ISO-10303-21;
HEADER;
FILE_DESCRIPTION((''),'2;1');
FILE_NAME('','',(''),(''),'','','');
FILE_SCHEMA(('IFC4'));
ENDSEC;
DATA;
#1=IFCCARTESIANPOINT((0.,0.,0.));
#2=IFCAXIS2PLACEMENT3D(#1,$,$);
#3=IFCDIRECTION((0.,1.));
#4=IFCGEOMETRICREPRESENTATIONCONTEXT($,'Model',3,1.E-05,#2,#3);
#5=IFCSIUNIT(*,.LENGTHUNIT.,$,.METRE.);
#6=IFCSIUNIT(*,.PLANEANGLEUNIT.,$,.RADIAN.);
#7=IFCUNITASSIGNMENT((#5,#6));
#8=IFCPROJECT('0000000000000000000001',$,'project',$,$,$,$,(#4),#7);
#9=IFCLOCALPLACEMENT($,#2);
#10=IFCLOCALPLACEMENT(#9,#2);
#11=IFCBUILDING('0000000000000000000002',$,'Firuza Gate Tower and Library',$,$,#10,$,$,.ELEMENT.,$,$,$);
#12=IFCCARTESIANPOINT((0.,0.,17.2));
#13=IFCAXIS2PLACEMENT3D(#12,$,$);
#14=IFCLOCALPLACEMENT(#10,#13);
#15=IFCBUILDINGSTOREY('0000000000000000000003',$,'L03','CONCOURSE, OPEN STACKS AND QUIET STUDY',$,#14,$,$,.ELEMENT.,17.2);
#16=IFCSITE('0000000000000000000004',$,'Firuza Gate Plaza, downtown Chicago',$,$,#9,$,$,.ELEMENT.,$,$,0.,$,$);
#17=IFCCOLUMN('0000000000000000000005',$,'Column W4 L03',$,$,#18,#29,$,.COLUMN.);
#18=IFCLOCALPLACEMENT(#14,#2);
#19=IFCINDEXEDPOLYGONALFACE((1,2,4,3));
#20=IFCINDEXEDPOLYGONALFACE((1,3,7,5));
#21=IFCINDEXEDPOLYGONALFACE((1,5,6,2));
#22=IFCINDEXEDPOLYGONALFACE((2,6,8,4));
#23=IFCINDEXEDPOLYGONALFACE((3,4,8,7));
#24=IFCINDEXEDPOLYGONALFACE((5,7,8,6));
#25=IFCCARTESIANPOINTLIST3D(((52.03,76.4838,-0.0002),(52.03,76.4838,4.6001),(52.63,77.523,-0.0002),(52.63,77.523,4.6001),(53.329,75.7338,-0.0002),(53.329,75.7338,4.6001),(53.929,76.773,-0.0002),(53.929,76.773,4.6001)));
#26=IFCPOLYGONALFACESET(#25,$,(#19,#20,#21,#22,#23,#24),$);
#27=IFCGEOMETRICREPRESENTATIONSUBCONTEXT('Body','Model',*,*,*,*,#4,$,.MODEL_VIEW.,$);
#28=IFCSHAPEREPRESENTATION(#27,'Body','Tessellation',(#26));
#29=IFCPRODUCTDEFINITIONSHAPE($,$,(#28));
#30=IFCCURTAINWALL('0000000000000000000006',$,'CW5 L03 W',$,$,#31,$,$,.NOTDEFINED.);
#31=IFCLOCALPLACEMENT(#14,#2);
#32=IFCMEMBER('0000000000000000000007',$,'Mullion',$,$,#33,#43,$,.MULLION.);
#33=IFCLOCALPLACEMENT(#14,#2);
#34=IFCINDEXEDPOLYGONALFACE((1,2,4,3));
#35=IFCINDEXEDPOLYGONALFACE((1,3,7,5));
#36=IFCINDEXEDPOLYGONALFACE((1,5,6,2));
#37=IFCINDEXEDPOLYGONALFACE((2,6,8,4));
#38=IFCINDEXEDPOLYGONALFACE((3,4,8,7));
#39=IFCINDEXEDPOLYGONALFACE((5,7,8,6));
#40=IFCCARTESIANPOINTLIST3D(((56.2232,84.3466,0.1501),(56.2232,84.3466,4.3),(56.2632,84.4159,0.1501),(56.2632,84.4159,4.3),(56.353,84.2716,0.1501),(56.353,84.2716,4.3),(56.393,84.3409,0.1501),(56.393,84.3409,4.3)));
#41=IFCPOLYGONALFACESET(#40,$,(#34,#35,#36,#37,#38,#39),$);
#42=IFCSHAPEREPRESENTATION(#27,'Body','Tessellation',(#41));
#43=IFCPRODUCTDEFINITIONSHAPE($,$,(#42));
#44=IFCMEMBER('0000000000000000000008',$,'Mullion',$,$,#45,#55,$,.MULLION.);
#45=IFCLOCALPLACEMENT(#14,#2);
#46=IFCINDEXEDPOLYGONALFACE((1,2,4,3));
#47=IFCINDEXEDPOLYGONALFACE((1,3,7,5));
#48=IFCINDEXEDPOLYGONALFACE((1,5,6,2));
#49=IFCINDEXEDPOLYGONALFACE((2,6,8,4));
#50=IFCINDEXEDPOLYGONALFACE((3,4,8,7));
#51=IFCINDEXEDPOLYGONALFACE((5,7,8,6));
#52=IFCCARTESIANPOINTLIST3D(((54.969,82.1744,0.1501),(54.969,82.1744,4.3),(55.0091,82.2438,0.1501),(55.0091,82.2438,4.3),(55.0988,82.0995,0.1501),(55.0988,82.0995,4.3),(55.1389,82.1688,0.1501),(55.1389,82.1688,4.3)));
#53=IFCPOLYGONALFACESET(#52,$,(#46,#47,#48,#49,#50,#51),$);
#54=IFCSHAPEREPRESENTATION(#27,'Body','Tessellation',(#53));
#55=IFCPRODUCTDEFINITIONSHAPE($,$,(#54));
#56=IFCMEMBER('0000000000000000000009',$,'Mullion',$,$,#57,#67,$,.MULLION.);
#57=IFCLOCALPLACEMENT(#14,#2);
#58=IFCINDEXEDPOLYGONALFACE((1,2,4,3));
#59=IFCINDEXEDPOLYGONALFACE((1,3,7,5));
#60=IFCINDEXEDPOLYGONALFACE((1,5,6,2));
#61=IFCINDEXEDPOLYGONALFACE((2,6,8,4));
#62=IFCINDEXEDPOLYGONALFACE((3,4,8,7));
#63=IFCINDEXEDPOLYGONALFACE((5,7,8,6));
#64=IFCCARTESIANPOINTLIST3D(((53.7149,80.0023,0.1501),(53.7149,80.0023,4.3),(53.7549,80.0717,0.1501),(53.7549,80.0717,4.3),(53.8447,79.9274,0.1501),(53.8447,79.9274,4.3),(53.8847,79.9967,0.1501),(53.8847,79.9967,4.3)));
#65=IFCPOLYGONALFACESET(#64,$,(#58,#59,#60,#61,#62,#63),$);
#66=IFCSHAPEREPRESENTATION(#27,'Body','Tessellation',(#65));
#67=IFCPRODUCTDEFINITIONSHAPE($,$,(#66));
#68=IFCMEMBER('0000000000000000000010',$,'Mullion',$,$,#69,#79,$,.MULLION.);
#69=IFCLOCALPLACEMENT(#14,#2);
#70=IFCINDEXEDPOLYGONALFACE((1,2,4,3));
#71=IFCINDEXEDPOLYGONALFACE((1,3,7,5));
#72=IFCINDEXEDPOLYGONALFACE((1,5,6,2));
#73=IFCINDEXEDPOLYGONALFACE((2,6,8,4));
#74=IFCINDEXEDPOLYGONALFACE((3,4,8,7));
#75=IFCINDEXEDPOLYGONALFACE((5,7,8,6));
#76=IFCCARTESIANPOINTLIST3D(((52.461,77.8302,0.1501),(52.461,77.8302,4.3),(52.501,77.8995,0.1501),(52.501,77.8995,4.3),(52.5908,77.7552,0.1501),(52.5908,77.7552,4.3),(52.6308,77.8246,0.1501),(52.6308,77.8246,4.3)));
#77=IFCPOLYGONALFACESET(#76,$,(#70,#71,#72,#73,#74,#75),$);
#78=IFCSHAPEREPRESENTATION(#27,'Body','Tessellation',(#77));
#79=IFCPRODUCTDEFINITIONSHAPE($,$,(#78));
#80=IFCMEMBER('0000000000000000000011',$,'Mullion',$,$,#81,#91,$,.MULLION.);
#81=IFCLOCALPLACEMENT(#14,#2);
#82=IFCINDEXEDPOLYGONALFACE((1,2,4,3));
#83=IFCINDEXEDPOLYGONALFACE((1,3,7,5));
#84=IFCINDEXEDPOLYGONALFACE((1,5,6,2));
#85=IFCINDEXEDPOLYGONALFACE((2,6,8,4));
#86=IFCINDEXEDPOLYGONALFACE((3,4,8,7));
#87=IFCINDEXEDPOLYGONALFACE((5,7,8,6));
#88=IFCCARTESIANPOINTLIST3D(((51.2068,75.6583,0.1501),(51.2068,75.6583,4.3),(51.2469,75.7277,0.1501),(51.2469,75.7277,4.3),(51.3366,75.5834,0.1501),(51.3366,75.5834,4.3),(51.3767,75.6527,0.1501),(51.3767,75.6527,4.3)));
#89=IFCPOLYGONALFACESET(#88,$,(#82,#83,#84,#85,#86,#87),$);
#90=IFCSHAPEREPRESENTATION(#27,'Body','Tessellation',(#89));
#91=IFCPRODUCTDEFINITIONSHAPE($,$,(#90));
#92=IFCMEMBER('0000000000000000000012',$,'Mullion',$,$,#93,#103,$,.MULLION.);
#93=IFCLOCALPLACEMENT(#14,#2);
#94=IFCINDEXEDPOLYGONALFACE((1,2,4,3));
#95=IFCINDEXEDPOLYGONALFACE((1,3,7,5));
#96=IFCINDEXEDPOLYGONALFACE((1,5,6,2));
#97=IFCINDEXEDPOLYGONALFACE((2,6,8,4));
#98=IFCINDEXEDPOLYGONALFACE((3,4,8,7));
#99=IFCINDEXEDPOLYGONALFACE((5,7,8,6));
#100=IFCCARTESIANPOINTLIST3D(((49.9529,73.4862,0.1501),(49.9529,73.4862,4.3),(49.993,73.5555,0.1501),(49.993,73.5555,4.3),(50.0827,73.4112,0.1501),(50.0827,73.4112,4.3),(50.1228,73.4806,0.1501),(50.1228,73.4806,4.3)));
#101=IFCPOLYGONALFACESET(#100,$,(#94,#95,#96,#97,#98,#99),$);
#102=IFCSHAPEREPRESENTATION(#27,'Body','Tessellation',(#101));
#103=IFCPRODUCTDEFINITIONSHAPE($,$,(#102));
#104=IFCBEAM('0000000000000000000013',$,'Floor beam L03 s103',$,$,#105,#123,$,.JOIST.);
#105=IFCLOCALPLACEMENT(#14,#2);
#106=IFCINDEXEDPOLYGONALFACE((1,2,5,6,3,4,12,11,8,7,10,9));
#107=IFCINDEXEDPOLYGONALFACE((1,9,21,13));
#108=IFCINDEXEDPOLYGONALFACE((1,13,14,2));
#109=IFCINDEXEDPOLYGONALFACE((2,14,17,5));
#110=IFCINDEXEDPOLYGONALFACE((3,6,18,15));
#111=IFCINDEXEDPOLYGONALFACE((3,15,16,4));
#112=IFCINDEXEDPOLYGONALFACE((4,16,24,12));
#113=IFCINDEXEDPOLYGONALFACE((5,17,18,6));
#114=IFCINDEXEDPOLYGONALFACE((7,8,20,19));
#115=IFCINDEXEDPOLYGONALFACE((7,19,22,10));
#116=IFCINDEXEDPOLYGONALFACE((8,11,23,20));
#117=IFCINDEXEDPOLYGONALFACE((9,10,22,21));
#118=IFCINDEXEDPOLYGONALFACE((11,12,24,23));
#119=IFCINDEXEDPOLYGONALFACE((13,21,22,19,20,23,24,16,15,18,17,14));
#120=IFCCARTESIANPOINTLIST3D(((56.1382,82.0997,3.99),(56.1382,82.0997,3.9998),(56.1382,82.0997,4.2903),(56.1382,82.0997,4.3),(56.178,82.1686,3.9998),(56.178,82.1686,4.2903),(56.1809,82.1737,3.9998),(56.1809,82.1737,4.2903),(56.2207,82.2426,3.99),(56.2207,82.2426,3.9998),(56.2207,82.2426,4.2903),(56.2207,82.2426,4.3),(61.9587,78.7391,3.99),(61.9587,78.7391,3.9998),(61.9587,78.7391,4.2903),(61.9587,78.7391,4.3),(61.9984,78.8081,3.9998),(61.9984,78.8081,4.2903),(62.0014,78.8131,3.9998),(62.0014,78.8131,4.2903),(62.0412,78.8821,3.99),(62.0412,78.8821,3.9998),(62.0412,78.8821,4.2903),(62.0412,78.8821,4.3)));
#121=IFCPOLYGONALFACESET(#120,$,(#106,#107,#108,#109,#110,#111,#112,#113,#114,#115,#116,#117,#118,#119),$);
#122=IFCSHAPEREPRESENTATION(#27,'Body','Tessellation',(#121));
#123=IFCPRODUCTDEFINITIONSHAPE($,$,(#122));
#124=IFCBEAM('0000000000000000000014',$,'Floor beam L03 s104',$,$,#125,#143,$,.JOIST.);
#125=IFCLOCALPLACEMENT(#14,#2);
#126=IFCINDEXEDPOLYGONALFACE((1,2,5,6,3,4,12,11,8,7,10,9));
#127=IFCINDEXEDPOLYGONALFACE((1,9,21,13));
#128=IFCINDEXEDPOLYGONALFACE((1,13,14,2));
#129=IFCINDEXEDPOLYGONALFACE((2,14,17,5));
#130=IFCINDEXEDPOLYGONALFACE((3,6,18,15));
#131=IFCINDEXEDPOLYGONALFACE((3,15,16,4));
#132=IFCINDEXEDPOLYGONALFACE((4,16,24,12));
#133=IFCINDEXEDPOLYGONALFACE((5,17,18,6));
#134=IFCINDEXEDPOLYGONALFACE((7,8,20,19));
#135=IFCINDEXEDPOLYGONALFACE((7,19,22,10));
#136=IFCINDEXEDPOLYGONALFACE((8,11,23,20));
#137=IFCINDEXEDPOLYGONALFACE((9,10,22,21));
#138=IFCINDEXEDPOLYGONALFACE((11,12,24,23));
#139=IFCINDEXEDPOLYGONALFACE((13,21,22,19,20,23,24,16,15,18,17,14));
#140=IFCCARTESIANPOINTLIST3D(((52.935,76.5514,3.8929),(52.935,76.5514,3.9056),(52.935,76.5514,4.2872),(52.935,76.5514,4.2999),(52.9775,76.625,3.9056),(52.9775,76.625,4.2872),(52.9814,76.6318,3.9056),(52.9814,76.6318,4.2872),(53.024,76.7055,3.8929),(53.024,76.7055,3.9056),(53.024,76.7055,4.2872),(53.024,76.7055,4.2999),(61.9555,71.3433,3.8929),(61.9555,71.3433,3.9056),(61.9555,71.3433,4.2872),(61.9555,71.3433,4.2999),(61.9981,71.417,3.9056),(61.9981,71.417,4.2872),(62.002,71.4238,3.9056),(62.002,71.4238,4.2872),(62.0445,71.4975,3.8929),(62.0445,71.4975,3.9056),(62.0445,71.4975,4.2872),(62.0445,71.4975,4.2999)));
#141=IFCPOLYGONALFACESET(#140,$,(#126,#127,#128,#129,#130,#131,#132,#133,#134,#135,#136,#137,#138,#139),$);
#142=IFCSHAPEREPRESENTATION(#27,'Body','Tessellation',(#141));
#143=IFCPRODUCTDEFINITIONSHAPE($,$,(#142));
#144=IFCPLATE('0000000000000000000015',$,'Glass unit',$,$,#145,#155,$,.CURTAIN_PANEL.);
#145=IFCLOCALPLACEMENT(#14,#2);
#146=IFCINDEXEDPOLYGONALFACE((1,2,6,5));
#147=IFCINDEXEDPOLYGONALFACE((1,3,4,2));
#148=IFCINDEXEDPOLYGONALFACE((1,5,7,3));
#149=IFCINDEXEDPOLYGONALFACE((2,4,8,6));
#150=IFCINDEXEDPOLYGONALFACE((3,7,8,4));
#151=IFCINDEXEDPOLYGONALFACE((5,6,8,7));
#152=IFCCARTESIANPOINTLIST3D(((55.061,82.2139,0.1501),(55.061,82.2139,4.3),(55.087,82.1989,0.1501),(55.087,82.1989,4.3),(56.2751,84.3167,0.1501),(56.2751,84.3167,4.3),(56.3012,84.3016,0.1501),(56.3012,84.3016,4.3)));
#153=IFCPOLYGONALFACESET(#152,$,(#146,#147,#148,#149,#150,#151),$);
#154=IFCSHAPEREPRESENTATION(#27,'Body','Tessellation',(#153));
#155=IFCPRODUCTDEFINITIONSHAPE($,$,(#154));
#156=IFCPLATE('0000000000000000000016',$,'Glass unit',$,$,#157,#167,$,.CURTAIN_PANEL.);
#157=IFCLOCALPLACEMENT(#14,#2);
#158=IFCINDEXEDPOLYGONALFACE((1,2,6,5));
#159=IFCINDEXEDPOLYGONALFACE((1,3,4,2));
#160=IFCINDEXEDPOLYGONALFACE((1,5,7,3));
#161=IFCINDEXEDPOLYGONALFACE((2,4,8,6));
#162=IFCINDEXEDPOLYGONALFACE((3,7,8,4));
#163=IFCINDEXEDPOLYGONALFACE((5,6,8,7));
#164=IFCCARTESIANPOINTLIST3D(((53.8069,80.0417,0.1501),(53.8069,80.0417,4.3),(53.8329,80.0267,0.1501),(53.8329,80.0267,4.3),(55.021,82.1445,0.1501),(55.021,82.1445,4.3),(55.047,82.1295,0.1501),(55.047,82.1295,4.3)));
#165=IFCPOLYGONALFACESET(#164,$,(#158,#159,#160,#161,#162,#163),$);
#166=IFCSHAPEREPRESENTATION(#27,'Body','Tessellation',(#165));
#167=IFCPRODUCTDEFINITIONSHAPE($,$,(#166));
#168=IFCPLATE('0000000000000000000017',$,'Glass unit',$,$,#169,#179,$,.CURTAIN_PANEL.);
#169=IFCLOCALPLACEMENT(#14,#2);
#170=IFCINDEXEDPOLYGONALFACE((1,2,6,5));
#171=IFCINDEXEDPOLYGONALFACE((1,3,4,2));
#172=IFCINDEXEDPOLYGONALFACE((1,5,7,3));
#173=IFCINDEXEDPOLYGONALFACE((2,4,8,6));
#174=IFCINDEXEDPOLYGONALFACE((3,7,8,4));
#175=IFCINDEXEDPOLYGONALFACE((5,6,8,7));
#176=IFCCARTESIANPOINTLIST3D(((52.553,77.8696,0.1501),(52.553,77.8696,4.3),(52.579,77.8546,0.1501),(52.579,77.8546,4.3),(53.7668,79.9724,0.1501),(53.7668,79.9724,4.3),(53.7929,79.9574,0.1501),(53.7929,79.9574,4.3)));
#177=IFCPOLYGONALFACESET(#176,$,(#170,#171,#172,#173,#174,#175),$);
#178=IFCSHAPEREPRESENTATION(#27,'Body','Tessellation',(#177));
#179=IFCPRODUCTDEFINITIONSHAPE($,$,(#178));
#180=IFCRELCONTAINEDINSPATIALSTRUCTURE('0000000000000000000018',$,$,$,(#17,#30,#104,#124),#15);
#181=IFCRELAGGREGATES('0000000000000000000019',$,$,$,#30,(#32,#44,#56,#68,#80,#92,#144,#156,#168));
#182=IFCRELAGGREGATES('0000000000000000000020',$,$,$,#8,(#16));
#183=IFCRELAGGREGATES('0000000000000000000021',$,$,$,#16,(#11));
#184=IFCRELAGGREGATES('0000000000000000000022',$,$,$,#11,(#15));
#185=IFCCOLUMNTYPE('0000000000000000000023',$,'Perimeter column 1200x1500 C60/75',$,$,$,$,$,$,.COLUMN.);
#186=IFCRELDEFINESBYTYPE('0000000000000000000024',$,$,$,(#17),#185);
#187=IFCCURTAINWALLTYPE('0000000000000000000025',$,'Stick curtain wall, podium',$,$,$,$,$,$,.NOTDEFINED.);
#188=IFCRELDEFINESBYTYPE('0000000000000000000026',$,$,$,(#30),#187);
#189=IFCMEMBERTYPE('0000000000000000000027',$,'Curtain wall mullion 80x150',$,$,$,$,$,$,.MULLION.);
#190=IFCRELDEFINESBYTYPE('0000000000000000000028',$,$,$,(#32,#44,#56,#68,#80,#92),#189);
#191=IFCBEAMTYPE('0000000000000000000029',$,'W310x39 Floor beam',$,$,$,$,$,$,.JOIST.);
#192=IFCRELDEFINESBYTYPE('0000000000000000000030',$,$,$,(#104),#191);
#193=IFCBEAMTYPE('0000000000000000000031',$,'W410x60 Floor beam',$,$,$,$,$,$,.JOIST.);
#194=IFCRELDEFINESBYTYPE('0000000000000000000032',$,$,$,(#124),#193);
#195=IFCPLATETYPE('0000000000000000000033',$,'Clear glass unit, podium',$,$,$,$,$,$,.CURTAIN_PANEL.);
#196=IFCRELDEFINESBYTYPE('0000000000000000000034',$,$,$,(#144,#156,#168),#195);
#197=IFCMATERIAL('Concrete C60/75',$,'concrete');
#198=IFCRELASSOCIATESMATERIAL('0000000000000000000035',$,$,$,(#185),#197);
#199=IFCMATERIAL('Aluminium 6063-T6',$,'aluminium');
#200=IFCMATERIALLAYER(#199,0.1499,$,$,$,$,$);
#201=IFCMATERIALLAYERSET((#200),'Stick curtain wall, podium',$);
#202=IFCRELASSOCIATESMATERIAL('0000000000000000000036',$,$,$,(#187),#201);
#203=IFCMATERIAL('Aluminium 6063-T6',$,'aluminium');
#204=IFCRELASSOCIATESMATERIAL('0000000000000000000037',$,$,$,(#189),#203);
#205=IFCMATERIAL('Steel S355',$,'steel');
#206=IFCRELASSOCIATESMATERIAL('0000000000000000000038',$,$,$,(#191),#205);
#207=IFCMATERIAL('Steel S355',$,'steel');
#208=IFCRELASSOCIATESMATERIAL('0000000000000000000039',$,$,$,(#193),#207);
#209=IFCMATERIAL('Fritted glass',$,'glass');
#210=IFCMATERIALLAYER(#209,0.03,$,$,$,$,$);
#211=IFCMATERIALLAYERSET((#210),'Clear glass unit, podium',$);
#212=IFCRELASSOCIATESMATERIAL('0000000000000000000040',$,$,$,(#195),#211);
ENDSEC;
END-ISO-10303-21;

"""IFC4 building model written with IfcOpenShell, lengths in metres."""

from ifc_helpers import new_model, si_unit, direction, frame, origin, origin_2d, place, context, subcontext, project, spatial, polyline, rectangle, i_section, outline, extrude, material, layer, layer_set, material_profile, profile_set, type_object, element, aggregate, save


model = new_model("IFC4")

# Units and contexts
model_context = context("Model", 3, precision=1e-05, world=origin(), true_north=direction((0.0, 1.0)))
body_context = subcontext(model_context, "Body", "Model", "MODEL_VIEW")
ifc_project = project(units=[si_unit("LENGTHUNIT", "METRE"), si_unit("PLANEANGLEUNIT", "RADIAN")], contexts=[model_context])

# Site, building, storey
site_placement = place(None, origin())
site = spatial("IfcSite", under=ifc_project, at=site_placement, Name="Firuza Gate Plaza, downtown Chicago", CompositionType="ELEMENT", RefElevation=0.0)
building_placement = place(site_placement, origin())
building = spatial("IfcBuilding", under=site, at=building_placement, Name="Firuza Gate Tower and Library", CompositionType="ELEMENT")
storey_placement = place(building_placement, frame((0.0, 0.0, 17.2)))
storey = spatial("IfcBuildingStorey", under=building, at=storey_placement, Name="L03", Description="CONCOURSE, OPEN STACKS AND QUIET STUDY", CompositionType="ELEMENT", Elevation=17.2)

# Column
ifc_material_1 = material(Name="Concrete C60/75", Category="concrete")
ifc_material_profile_1 = material_profile(ifc_material_1, rectangle(XDim=1.2, YDim=1.5, at=origin_2d()))
ifc_profile_set_1 = profile_set([ifc_material_profile_1], Name="Concrete C60/75")
column_type = type_object("IfcColumnType", Name="Perimeter column 1200x1500 C60/75", PredefinedType="COLUMN", material=ifc_profile_set_1)
column_placement = place(storey_placement, frame((52.9795, 76.6284, -0.0002), z_axis=(0.0, 0.0, 1.0), x_axis=(-0.5, -0.866025, 0.0)))
element("IfcColumn", 1, at=column_placement, inside=storey, type_object=column_type, Name="Column W4 L03", PredefinedType="COLUMN", context=body_context, shape_type="SweptSolid", body=[
    extrude(rectangle(XDim=1.2, YDim=1.5, at=origin_2d()), origin(), (0.0, 0.0, 1.0), 4.6003),
])

# Curtain wall, members
ifc_material_2 = material(Name="Aluminium 6063-T6", Category="aluminium")
ifc_layer_1 = layer(ifc_material_2, 0.1499)
ifc_layer_set_1 = layer_set([ifc_layer_1], Name="Stick curtain wall, podium")
curtain_wall_type = type_object("IfcCurtainWallType", Name="Stick curtain wall, podium", PredefinedType="NOTDEFINED", material=ifc_layer_set_1)
curtain_wall_placement = place(storey_placement, origin())
curtain_wall = element("IfcCurtainWall", 2, at=curtain_wall_placement, inside=storey, type_object=curtain_wall_type, Name="CW5 L03 W", PredefinedType="NOTDEFINED")
ifc_material_3 = material(Name="Aluminium 6063-T6", Category="aluminium")
ifc_material_profile_2 = material_profile(ifc_material_3, rectangle(XDim=0.1499, YDim=0.0801, at=origin_2d()))
ifc_profile_set_2 = profile_set([ifc_material_profile_2], Name="Aluminium 6063-T6")
member_type = type_object("IfcMemberType", Name="Curtain wall mullion 80x150", PredefinedType="MULLION", material=ifc_profile_set_2)
member_1_placement = place(storey_placement, frame((56.3081, 84.3438, 0.1501), z_axis=(0.0, 0.0, 1.0), x_axis=(0.866025, -0.5, 0.0)))
member_1 = element("IfcMember", 3, at=member_1_placement, type_object=member_type, Name="Mullion", PredefinedType="MULLION", context=body_context, shape_type="SweptSolid", body=[
    extrude(rectangle(XDim=0.1499, YDim=0.0801, at=origin_2d()), origin(), (0.0, 0.0, 1.0), 4.1499),
])
member_2_placement = place(storey_placement, frame((55.054, 82.1716, 0.1501), z_axis=(0.0, 0.0, 1.0), x_axis=(0.866025, -0.5, 0.0)))
member_2 = element("IfcMember", 4, at=member_2_placement, type_object=member_type, Name="Mullion", PredefinedType="MULLION", context=body_context, shape_type="SweptSolid", body=[
    extrude(rectangle(XDim=0.1499, YDim=0.0801, at=origin_2d()), origin(), (0.0, 0.0, 1.0), 4.1499),
])
member_3_placement = place(storey_placement, frame((53.7998, 79.9995, 0.1501), z_axis=(0.0, 0.0, 1.0), x_axis=(0.866025, -0.5, 0.0)))
member_3 = element("IfcMember", 5, at=member_3_placement, type_object=member_type, Name="Mullion", PredefinedType="MULLION", context=body_context, shape_type="SweptSolid", body=[
    extrude(rectangle(XDim=0.1499, YDim=0.0801, at=origin_2d()), origin(), (0.0, 0.0, 1.0), 4.1499),
])
member_4_placement = place(storey_placement, frame((52.5459, 77.8274, 0.1501), z_axis=(0.0, 0.0, 1.0), x_axis=(0.866025, -0.5, 0.0)))
member_4 = element("IfcMember", 6, at=member_4_placement, type_object=member_type, Name="Mullion", PredefinedType="MULLION", context=body_context, shape_type="SweptSolid", body=[
    extrude(rectangle(XDim=0.1499, YDim=0.0801, at=origin_2d()), origin(), (0.0, 0.0, 1.0), 4.1499),
])
member_5_placement = place(storey_placement, frame((51.2917, 75.6555, 0.1501), z_axis=(0.0, 0.0, 1.0), x_axis=(0.866025, -0.5, 0.0)))
member_5 = element("IfcMember", 7, at=member_5_placement, type_object=member_type, Name="Mullion", PredefinedType="MULLION", context=body_context, shape_type="SweptSolid", body=[
    extrude(rectangle(XDim=0.1499, YDim=0.0801, at=origin_2d()), origin(), (0.0, 0.0, 1.0), 4.1499),
])
member_6_placement = place(storey_placement, frame((50.0378, 73.4834, 0.1501), z_axis=(0.0, 0.0, 1.0), x_axis=(0.866025, -0.5, 0.0)))
member_6 = element("IfcMember", 8, at=member_6_placement, type_object=member_type, Name="Mullion", PredefinedType="MULLION", context=body_context, shape_type="SweptSolid", body=[
    extrude(rectangle(XDim=0.1499, YDim=0.0801, at=origin_2d()), origin(), (0.0, 0.0, 1.0), 4.1499),
])

# Beams
ifc_material_4 = material(Name="Steel S355", Category="steel")
ifc_material_profile_3 = material_profile(ifc_material_4, i_section(OverallWidth=0.165, OverallDepth=0.3101, WebThickness=0.0059, FlangeThickness=0.0098, at=origin_2d()))
ifc_profile_set_3 = profile_set([ifc_material_profile_3], Name="Steel S355")
beam_type_1 = type_object("IfcBeamType", Name="W310x39 Floor beam", PredefinedType="JOIST", material=ifc_profile_set_3)
beam_1_placement = place(storey_placement, frame((56.1794, 82.1711, 4.145), z_axis=(0.866019, -0.500011, 0.0), x_axis=(0.500011, 0.866019, 0.0)))
element("IfcBeam", 9, at=beam_1_placement, inside=storey, type_object=beam_type_1, Name="Floor beam L03 s103", PredefinedType="JOIST", context=body_context, shape_type="SweptSolid", body=[
    extrude(i_section(OverallWidth=0.165, OverallDepth=0.3101, WebThickness=0.0059, FlangeThickness=0.0098, at=origin_2d()), origin(), (0.0, 0.0, 1.0), 6.7209),
])
ifc_material_5 = material(Name="Steel S355", Category="steel")
ifc_material_profile_4 = material_profile(ifc_material_5, i_section(OverallWidth=0.178, OverallDepth=0.407, WebThickness=0.0078, FlangeThickness=0.0127, at=origin_2d()))
ifc_profile_set_4 = profile_set([ifc_material_profile_4], Name="Steel S355")
beam_type_2 = type_object("IfcBeamType", Name="W410x60 Floor beam", PredefinedType="JOIST", material=ifc_profile_set_4)
beam_2_placement = place(storey_placement, frame((52.9795, 76.6284, 4.0964), z_axis=(0.866025, -0.500001, 0.0), x_axis=(0.500001, 0.866025, 0.0)))
element("IfcBeam", 10, at=beam_2_placement, inside=storey, type_object=beam_type_2, Name="Floor beam L03 s104", PredefinedType="JOIST", context=body_context, shape_type="SweptSolid", body=[
    extrude(i_section(OverallWidth=0.178, OverallDepth=0.407, WebThickness=0.0078, FlangeThickness=0.0127, at=origin_2d()), origin(), (0.0, 0.0, 1.0), 10.416),
])

# Plates
ifc_material_6 = material(Name="Fritted glass", Category="glass")
ifc_layer_2 = layer(ifc_material_6, 0.03)
ifc_layer_set_2 = layer_set([ifc_layer_2], Name="Clear glass unit, podium")
plate_type = type_object("IfcPlateType", Name="Clear glass unit, podium", PredefinedType="CURTAIN_PANEL", material=ifc_layer_set_2)
plate_1_placement = place(storey_placement, frame((56.2751, 84.3167, 0.1501), z_axis=(-0.866013, 0.500021, 0.0), x_axis=(-0.500021, -0.866013, 0.0)))
plate_1 = element("IfcPlate", 11, at=plate_1_placement, type_object=plate_type, Name="Glass unit", PredefinedType="CURTAIN_PANEL", context=body_context, shape_type="SweptSolid", body=[
    extrude(outline(polyline([(0.0, 0.0), (2.4281, 0.0), (2.4281, 4.1499), (0.0, 4.1499), (0.0, 0.0)])), origin(), (0.0, 0.0, -1.0), 0.03),
])
plate_2_placement = place(storey_placement, frame((55.021, 82.1445, 0.1501), z_axis=(-0.866013, 0.500021, 0.0), x_axis=(-0.500021, -0.866013, 0.0)))
plate_2 = element("IfcPlate", 12, at=plate_2_placement, type_object=plate_type, Name="Glass unit", PredefinedType="CURTAIN_PANEL", context=body_context, shape_type="SweptSolid", body=[
    extrude(outline(polyline([(0.0, 0.0), (2.4281, 0.0), (2.4281, 4.1499), (0.0, 4.1499), (0.0, 0.0)])), origin(), (0.0, 0.0, -1.0), 0.03),
])
plate_3_placement = place(storey_placement, frame((53.7668, 79.9724, 0.1501), z_axis=(-0.866057, 0.499946, 0.0), x_axis=(-0.499946, -0.866057, 0.0)))
plate_3 = element("IfcPlate", 13, at=plate_3_placement, type_object=plate_type, Name="Glass unit", PredefinedType="CURTAIN_PANEL", context=body_context, shape_type="SweptSolid", body=[
    extrude(outline(polyline([(0.0, 0.0), (2.428, 0.0), (2.428, 4.1499), (0.0, 4.1499), (0.0, 0.0)])), origin(), (0.0, 0.0, -1.0), 0.03),
])
aggregate(curtain_wall, [member_1, member_2, member_3, member_4, member_5, member_6, plate_1, plate_2, plate_3])

save(model, "model.ifc")
